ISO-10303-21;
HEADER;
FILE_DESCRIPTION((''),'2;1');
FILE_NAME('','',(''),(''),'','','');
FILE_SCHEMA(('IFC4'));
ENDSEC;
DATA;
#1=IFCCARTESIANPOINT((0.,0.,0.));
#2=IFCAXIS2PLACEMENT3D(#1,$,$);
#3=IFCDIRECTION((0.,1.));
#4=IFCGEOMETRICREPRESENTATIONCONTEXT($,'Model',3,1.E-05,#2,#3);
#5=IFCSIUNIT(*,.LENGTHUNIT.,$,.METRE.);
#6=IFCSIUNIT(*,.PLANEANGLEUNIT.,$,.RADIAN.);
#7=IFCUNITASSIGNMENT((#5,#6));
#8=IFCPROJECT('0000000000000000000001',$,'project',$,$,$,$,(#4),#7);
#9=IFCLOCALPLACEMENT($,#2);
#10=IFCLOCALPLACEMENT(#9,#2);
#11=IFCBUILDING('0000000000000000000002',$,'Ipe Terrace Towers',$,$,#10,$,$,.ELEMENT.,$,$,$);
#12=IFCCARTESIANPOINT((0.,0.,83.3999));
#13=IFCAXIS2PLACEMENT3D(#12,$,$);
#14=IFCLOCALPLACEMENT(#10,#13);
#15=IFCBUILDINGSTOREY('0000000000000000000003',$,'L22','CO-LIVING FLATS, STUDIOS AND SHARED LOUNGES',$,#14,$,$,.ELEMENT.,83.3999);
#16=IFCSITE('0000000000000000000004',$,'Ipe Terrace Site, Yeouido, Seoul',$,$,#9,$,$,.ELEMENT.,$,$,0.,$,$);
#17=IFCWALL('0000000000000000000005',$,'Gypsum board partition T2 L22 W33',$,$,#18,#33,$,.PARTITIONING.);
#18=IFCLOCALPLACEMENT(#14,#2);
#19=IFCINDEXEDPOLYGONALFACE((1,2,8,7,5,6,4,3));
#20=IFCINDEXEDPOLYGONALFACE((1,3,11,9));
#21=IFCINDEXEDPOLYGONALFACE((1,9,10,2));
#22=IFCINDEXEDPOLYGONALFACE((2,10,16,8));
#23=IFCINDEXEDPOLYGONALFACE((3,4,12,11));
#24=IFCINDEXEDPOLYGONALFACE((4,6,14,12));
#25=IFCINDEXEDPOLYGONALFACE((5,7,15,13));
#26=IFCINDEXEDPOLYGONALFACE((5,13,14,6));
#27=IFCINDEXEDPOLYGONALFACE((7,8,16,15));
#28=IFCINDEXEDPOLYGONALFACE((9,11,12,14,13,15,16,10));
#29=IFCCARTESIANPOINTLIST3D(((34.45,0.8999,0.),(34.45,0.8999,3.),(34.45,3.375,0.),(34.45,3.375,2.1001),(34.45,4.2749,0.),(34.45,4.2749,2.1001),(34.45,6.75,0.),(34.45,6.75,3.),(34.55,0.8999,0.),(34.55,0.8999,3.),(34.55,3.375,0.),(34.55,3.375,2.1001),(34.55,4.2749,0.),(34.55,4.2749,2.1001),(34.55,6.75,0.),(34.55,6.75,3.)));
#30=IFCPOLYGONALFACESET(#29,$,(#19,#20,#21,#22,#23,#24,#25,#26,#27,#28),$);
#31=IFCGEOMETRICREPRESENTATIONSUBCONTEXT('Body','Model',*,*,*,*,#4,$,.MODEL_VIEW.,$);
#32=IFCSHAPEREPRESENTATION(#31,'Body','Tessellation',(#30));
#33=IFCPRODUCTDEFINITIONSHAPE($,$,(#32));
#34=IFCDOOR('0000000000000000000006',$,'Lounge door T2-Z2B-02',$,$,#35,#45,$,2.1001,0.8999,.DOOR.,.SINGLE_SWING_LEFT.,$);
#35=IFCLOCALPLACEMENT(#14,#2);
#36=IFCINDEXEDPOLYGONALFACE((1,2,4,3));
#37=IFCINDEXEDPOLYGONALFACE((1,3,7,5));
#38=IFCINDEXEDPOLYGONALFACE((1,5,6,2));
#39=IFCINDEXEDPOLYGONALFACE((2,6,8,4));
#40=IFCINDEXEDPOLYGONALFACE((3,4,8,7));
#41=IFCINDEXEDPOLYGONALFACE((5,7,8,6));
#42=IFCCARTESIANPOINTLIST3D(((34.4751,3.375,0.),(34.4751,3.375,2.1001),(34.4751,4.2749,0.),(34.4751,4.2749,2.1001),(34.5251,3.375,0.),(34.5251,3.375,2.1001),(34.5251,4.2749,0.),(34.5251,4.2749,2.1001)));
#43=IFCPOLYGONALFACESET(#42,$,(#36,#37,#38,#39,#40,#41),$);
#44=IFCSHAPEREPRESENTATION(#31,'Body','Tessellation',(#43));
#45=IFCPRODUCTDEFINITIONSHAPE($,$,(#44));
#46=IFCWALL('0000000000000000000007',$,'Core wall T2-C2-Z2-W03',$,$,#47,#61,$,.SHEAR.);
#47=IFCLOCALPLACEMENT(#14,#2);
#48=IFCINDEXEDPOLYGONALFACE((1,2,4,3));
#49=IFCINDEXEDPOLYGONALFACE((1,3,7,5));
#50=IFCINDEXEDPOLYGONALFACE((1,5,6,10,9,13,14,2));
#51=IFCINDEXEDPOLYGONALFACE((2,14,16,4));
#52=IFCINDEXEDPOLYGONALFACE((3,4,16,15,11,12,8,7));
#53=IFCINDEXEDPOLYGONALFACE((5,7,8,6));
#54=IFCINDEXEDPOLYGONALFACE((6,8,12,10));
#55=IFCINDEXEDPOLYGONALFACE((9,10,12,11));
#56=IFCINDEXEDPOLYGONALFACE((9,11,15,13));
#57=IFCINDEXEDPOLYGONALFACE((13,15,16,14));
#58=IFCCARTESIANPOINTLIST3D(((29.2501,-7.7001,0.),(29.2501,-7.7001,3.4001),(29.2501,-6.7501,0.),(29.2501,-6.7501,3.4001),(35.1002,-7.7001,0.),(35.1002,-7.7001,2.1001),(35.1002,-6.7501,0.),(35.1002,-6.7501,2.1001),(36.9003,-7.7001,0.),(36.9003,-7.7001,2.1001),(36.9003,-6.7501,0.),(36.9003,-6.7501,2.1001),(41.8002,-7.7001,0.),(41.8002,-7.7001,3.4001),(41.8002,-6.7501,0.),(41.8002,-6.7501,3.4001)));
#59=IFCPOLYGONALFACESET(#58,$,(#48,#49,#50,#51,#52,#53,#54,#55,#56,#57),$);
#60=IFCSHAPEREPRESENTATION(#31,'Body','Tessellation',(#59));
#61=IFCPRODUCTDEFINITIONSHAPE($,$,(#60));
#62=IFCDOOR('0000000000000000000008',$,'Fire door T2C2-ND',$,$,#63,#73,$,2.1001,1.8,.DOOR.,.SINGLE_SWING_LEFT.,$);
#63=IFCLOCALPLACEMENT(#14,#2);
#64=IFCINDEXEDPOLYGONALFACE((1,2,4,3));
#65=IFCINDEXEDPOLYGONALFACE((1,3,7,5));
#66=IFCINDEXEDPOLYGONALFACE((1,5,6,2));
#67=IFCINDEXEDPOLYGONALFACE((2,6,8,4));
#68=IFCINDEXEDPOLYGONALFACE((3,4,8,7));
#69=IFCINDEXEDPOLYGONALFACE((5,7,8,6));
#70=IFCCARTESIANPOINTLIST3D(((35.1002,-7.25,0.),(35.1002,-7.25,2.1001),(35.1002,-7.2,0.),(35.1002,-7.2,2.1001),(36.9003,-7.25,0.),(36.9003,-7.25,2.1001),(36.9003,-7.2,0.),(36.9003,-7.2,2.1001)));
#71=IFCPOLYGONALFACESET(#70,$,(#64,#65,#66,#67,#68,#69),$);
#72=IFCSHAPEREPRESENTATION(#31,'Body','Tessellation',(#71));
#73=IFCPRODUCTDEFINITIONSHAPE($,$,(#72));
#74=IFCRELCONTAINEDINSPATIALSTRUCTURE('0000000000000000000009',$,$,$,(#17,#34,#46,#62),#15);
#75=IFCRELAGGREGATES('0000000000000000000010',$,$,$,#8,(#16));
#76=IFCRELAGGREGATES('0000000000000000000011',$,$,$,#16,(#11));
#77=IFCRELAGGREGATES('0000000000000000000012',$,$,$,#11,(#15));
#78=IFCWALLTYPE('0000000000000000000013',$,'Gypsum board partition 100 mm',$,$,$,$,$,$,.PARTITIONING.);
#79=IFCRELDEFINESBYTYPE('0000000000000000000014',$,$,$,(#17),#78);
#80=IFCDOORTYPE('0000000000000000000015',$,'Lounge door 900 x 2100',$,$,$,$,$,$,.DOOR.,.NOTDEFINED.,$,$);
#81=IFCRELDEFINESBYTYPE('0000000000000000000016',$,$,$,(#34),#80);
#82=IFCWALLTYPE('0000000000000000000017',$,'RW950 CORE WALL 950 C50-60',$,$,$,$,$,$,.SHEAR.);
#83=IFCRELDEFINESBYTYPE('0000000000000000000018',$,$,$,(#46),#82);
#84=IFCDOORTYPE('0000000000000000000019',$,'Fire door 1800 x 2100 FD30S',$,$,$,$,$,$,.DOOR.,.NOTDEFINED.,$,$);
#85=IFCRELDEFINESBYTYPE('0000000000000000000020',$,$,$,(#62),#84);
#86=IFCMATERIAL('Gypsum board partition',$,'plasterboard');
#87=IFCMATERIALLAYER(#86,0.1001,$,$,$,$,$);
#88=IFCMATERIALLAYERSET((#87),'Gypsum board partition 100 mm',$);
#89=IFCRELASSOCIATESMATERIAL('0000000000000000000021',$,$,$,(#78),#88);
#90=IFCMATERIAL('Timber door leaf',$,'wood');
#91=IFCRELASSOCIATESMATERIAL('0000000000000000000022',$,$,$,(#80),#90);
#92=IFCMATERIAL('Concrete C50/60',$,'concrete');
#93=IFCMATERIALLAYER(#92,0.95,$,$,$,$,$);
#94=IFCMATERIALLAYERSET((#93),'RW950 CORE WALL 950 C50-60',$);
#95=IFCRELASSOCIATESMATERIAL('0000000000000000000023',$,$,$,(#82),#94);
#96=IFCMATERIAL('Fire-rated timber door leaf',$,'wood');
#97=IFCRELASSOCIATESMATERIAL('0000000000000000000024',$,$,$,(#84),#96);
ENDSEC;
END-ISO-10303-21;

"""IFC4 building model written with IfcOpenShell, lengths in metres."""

from ifc_helpers import new_model, si_unit, direction, frame, frame_2d, origin, place, context, subcontext, project, spatial, rectangle, extrude, material, layer, layer_set, type_object, element, fill, save


model = new_model("IFC4")

# Units and contexts
model_context = context("Model", 3, precision=1e-05, world=origin(), true_north=direction((0.0, 1.0)))
body_context = subcontext(model_context, "Body", "Model", "MODEL_VIEW")
ifc_project = project(units=[si_unit("LENGTHUNIT", "METRE"), si_unit("PLANEANGLEUNIT", "RADIAN")], contexts=[model_context])

# Site, building, storey
site_placement = place(None, origin())
site = spatial("IfcSite", under=ifc_project, at=site_placement, Name="Ipe Terrace Site, Yeouido, Seoul", CompositionType="ELEMENT", RefElevation=0.0)
building_placement = place(site_placement, origin())
building = spatial("IfcBuilding", under=site, at=building_placement, Name="Ipe Terrace Towers", CompositionType="ELEMENT")
storey_placement = place(building_placement, frame((0.0, 0.0, 83.3999)))
storey = spatial("IfcBuildingStorey", under=building, at=storey_placement, Name="L22", Description="CO-LIVING FLATS, STUDIOS AND SHARED LOUNGES", CompositionType="ELEMENT", Elevation=83.3999)

# Shared definitions
ifc_material_1 = material(Name="Gypsum board partition", Category="plasterboard")
ifc_layer_1 = layer(ifc_material_1, 0.1001)
ifc_layer_set_1 = layer_set([ifc_layer_1], Name="Gypsum board partition 100 mm")
wall_type_1 = type_object("IfcWallType", Name="Gypsum board partition 100 mm", PredefinedType="PARTITIONING", material=ifc_layer_set_1)

# Shared definitions
ifc_material_2 = material(Name="Timber door leaf", Category="wood")
door_type_1 = type_object("IfcDoorType", Name="Lounge door 900 x 2100", OperationType="NOTDEFINED", PredefinedType="DOOR", material=ifc_material_2)

# Walls, openings, doors
wall_1_placement = place(storey_placement, frame((34.5, 0.8999, 0.0), z_axis=(0.0, 0.0, 1.0), x_axis=(0.0, 1.0, 0.0)))
wall_1 = element("IfcWall", 1, at=wall_1_placement, inside=storey, type_object=wall_type_1, Name="Gypsum board partition T2 L22 W33", PredefinedType="PARTITIONING", context=body_context, shape_type="SweptSolid", body=[
    extrude(rectangle(XDim=5.8501, YDim=0.1001, at=frame_2d((2.925, 0.0))), origin(), (0.0, 0.0, 1.0), 3.0),
])
opening_1_placement = place(wall_1_placement, frame((2.4751, 0.0, 0.0)))
opening_1 = element("IfcOpeningElement", 2, at=opening_1_placement, cuts=wall_1, PredefinedType="OPENING", context=body_context, shape_type="SweptSolid", body=[
    extrude(rectangle(XDim=0.8999, YDim=2.1001, at=frame_2d((0.45, 1.05))), frame((0.0, 0.0601, 0.0), z_axis=(0.0, -1.0, 0.0), x_axis=(1.0, 0.0, 0.0)), (0.0, 0.0, 1.0), 0.1201),
])
door_1_placement = place(opening_1_placement, origin())
door_1 = element("IfcDoor", 3, at=door_1_placement, inside=storey, type_object=door_type_1, Name="Lounge door T2-Z2B-02", OperationType="SINGLE_SWING_LEFT", OverallHeight=2.1001, OverallWidth=0.8999, PredefinedType="DOOR", context=body_context, shape_type="SweptSolid", body=[
    extrude(rectangle(XDim=0.8999, YDim=2.1001, at=frame_2d((0.45, 1.05))), frame((0.0, 0.0249, 0.0), z_axis=(0.0, -1.0, 0.0), x_axis=(1.0, 0.0, 0.0)), (0.0, 0.0, 1.0), 0.05),
])
fill(opening_1, door_1)
ifc_material_3 = material(Name="Concrete C50/60", Category="concrete")
ifc_layer_2 = layer(ifc_material_3, 0.95)
ifc_layer_set_2 = layer_set([ifc_layer_2], Name="RW950 CORE WALL 950 C50-60")
wall_type_2 = type_object("IfcWallType", Name="RW950 CORE WALL 950 C50-60", PredefinedType="SHEAR", material=ifc_layer_set_2)
wall_2_placement = place(storey_placement, frame((41.8, -7.2251, 0.0), z_axis=(0.0, 0.0, 1.0), x_axis=(-1.0, 0.0, 0.0)))
wall_2 = element("IfcWall", 4, at=wall_2_placement, inside=storey, type_object=wall_type_2, Name="Core wall T2-C2-Z2-W03", PredefinedType="SHEAR", context=body_context, shape_type="SweptSolid", body=[
    extrude(rectangle(XDim=12.55, YDim=0.95, at=frame_2d((6.2749, 0.0))), origin(), (0.0, 0.0, 1.0), 3.4001),
])
opening_2_placement = place(wall_2_placement, frame((4.8999, 0.0, 0.0)))
opening_2 = element("IfcOpeningElement", 5, at=opening_2_placement, cuts=wall_2, PredefinedType="OPENING", context=body_context, shape_type="SweptSolid", body=[
    extrude(rectangle(XDim=1.8, YDim=2.1001, at=frame_2d((0.8999, 1.05))), frame((0.0, 0.4849, 0.0), z_axis=(0.0, -1.0, 0.0), x_axis=(1.0, 0.0, 0.0)), (0.0, 0.0, 1.0), 0.97),
])
ifc_material_4 = material(Name="Fire-rated timber door leaf", Category="wood")
door_type_2 = type_object("IfcDoorType", Name="Fire door 1800 x 2100 FD30S", OperationType="NOTDEFINED", PredefinedType="DOOR", material=ifc_material_4)
door_2_placement = place(opening_2_placement, origin())
door_2 = element("IfcDoor", 6, at=door_2_placement, inside=storey, type_object=door_type_2, Name="Fire door T2C2-ND", OperationType="SINGLE_SWING_LEFT", OverallHeight=2.1001, OverallWidth=1.8, PredefinedType="DOOR", context=body_context, shape_type="SweptSolid", body=[
    extrude(rectangle(XDim=1.8, YDim=2.1001, at=frame_2d((0.8999, 1.05))), frame((0.0, 0.0249, 0.0), z_axis=(0.0, -1.0, 0.0), x_axis=(1.0, 0.0, 0.0)), (0.0, 0.0, 1.0), 0.05),
])
fill(opening_2, door_2)

save(model, "model.ifc")
